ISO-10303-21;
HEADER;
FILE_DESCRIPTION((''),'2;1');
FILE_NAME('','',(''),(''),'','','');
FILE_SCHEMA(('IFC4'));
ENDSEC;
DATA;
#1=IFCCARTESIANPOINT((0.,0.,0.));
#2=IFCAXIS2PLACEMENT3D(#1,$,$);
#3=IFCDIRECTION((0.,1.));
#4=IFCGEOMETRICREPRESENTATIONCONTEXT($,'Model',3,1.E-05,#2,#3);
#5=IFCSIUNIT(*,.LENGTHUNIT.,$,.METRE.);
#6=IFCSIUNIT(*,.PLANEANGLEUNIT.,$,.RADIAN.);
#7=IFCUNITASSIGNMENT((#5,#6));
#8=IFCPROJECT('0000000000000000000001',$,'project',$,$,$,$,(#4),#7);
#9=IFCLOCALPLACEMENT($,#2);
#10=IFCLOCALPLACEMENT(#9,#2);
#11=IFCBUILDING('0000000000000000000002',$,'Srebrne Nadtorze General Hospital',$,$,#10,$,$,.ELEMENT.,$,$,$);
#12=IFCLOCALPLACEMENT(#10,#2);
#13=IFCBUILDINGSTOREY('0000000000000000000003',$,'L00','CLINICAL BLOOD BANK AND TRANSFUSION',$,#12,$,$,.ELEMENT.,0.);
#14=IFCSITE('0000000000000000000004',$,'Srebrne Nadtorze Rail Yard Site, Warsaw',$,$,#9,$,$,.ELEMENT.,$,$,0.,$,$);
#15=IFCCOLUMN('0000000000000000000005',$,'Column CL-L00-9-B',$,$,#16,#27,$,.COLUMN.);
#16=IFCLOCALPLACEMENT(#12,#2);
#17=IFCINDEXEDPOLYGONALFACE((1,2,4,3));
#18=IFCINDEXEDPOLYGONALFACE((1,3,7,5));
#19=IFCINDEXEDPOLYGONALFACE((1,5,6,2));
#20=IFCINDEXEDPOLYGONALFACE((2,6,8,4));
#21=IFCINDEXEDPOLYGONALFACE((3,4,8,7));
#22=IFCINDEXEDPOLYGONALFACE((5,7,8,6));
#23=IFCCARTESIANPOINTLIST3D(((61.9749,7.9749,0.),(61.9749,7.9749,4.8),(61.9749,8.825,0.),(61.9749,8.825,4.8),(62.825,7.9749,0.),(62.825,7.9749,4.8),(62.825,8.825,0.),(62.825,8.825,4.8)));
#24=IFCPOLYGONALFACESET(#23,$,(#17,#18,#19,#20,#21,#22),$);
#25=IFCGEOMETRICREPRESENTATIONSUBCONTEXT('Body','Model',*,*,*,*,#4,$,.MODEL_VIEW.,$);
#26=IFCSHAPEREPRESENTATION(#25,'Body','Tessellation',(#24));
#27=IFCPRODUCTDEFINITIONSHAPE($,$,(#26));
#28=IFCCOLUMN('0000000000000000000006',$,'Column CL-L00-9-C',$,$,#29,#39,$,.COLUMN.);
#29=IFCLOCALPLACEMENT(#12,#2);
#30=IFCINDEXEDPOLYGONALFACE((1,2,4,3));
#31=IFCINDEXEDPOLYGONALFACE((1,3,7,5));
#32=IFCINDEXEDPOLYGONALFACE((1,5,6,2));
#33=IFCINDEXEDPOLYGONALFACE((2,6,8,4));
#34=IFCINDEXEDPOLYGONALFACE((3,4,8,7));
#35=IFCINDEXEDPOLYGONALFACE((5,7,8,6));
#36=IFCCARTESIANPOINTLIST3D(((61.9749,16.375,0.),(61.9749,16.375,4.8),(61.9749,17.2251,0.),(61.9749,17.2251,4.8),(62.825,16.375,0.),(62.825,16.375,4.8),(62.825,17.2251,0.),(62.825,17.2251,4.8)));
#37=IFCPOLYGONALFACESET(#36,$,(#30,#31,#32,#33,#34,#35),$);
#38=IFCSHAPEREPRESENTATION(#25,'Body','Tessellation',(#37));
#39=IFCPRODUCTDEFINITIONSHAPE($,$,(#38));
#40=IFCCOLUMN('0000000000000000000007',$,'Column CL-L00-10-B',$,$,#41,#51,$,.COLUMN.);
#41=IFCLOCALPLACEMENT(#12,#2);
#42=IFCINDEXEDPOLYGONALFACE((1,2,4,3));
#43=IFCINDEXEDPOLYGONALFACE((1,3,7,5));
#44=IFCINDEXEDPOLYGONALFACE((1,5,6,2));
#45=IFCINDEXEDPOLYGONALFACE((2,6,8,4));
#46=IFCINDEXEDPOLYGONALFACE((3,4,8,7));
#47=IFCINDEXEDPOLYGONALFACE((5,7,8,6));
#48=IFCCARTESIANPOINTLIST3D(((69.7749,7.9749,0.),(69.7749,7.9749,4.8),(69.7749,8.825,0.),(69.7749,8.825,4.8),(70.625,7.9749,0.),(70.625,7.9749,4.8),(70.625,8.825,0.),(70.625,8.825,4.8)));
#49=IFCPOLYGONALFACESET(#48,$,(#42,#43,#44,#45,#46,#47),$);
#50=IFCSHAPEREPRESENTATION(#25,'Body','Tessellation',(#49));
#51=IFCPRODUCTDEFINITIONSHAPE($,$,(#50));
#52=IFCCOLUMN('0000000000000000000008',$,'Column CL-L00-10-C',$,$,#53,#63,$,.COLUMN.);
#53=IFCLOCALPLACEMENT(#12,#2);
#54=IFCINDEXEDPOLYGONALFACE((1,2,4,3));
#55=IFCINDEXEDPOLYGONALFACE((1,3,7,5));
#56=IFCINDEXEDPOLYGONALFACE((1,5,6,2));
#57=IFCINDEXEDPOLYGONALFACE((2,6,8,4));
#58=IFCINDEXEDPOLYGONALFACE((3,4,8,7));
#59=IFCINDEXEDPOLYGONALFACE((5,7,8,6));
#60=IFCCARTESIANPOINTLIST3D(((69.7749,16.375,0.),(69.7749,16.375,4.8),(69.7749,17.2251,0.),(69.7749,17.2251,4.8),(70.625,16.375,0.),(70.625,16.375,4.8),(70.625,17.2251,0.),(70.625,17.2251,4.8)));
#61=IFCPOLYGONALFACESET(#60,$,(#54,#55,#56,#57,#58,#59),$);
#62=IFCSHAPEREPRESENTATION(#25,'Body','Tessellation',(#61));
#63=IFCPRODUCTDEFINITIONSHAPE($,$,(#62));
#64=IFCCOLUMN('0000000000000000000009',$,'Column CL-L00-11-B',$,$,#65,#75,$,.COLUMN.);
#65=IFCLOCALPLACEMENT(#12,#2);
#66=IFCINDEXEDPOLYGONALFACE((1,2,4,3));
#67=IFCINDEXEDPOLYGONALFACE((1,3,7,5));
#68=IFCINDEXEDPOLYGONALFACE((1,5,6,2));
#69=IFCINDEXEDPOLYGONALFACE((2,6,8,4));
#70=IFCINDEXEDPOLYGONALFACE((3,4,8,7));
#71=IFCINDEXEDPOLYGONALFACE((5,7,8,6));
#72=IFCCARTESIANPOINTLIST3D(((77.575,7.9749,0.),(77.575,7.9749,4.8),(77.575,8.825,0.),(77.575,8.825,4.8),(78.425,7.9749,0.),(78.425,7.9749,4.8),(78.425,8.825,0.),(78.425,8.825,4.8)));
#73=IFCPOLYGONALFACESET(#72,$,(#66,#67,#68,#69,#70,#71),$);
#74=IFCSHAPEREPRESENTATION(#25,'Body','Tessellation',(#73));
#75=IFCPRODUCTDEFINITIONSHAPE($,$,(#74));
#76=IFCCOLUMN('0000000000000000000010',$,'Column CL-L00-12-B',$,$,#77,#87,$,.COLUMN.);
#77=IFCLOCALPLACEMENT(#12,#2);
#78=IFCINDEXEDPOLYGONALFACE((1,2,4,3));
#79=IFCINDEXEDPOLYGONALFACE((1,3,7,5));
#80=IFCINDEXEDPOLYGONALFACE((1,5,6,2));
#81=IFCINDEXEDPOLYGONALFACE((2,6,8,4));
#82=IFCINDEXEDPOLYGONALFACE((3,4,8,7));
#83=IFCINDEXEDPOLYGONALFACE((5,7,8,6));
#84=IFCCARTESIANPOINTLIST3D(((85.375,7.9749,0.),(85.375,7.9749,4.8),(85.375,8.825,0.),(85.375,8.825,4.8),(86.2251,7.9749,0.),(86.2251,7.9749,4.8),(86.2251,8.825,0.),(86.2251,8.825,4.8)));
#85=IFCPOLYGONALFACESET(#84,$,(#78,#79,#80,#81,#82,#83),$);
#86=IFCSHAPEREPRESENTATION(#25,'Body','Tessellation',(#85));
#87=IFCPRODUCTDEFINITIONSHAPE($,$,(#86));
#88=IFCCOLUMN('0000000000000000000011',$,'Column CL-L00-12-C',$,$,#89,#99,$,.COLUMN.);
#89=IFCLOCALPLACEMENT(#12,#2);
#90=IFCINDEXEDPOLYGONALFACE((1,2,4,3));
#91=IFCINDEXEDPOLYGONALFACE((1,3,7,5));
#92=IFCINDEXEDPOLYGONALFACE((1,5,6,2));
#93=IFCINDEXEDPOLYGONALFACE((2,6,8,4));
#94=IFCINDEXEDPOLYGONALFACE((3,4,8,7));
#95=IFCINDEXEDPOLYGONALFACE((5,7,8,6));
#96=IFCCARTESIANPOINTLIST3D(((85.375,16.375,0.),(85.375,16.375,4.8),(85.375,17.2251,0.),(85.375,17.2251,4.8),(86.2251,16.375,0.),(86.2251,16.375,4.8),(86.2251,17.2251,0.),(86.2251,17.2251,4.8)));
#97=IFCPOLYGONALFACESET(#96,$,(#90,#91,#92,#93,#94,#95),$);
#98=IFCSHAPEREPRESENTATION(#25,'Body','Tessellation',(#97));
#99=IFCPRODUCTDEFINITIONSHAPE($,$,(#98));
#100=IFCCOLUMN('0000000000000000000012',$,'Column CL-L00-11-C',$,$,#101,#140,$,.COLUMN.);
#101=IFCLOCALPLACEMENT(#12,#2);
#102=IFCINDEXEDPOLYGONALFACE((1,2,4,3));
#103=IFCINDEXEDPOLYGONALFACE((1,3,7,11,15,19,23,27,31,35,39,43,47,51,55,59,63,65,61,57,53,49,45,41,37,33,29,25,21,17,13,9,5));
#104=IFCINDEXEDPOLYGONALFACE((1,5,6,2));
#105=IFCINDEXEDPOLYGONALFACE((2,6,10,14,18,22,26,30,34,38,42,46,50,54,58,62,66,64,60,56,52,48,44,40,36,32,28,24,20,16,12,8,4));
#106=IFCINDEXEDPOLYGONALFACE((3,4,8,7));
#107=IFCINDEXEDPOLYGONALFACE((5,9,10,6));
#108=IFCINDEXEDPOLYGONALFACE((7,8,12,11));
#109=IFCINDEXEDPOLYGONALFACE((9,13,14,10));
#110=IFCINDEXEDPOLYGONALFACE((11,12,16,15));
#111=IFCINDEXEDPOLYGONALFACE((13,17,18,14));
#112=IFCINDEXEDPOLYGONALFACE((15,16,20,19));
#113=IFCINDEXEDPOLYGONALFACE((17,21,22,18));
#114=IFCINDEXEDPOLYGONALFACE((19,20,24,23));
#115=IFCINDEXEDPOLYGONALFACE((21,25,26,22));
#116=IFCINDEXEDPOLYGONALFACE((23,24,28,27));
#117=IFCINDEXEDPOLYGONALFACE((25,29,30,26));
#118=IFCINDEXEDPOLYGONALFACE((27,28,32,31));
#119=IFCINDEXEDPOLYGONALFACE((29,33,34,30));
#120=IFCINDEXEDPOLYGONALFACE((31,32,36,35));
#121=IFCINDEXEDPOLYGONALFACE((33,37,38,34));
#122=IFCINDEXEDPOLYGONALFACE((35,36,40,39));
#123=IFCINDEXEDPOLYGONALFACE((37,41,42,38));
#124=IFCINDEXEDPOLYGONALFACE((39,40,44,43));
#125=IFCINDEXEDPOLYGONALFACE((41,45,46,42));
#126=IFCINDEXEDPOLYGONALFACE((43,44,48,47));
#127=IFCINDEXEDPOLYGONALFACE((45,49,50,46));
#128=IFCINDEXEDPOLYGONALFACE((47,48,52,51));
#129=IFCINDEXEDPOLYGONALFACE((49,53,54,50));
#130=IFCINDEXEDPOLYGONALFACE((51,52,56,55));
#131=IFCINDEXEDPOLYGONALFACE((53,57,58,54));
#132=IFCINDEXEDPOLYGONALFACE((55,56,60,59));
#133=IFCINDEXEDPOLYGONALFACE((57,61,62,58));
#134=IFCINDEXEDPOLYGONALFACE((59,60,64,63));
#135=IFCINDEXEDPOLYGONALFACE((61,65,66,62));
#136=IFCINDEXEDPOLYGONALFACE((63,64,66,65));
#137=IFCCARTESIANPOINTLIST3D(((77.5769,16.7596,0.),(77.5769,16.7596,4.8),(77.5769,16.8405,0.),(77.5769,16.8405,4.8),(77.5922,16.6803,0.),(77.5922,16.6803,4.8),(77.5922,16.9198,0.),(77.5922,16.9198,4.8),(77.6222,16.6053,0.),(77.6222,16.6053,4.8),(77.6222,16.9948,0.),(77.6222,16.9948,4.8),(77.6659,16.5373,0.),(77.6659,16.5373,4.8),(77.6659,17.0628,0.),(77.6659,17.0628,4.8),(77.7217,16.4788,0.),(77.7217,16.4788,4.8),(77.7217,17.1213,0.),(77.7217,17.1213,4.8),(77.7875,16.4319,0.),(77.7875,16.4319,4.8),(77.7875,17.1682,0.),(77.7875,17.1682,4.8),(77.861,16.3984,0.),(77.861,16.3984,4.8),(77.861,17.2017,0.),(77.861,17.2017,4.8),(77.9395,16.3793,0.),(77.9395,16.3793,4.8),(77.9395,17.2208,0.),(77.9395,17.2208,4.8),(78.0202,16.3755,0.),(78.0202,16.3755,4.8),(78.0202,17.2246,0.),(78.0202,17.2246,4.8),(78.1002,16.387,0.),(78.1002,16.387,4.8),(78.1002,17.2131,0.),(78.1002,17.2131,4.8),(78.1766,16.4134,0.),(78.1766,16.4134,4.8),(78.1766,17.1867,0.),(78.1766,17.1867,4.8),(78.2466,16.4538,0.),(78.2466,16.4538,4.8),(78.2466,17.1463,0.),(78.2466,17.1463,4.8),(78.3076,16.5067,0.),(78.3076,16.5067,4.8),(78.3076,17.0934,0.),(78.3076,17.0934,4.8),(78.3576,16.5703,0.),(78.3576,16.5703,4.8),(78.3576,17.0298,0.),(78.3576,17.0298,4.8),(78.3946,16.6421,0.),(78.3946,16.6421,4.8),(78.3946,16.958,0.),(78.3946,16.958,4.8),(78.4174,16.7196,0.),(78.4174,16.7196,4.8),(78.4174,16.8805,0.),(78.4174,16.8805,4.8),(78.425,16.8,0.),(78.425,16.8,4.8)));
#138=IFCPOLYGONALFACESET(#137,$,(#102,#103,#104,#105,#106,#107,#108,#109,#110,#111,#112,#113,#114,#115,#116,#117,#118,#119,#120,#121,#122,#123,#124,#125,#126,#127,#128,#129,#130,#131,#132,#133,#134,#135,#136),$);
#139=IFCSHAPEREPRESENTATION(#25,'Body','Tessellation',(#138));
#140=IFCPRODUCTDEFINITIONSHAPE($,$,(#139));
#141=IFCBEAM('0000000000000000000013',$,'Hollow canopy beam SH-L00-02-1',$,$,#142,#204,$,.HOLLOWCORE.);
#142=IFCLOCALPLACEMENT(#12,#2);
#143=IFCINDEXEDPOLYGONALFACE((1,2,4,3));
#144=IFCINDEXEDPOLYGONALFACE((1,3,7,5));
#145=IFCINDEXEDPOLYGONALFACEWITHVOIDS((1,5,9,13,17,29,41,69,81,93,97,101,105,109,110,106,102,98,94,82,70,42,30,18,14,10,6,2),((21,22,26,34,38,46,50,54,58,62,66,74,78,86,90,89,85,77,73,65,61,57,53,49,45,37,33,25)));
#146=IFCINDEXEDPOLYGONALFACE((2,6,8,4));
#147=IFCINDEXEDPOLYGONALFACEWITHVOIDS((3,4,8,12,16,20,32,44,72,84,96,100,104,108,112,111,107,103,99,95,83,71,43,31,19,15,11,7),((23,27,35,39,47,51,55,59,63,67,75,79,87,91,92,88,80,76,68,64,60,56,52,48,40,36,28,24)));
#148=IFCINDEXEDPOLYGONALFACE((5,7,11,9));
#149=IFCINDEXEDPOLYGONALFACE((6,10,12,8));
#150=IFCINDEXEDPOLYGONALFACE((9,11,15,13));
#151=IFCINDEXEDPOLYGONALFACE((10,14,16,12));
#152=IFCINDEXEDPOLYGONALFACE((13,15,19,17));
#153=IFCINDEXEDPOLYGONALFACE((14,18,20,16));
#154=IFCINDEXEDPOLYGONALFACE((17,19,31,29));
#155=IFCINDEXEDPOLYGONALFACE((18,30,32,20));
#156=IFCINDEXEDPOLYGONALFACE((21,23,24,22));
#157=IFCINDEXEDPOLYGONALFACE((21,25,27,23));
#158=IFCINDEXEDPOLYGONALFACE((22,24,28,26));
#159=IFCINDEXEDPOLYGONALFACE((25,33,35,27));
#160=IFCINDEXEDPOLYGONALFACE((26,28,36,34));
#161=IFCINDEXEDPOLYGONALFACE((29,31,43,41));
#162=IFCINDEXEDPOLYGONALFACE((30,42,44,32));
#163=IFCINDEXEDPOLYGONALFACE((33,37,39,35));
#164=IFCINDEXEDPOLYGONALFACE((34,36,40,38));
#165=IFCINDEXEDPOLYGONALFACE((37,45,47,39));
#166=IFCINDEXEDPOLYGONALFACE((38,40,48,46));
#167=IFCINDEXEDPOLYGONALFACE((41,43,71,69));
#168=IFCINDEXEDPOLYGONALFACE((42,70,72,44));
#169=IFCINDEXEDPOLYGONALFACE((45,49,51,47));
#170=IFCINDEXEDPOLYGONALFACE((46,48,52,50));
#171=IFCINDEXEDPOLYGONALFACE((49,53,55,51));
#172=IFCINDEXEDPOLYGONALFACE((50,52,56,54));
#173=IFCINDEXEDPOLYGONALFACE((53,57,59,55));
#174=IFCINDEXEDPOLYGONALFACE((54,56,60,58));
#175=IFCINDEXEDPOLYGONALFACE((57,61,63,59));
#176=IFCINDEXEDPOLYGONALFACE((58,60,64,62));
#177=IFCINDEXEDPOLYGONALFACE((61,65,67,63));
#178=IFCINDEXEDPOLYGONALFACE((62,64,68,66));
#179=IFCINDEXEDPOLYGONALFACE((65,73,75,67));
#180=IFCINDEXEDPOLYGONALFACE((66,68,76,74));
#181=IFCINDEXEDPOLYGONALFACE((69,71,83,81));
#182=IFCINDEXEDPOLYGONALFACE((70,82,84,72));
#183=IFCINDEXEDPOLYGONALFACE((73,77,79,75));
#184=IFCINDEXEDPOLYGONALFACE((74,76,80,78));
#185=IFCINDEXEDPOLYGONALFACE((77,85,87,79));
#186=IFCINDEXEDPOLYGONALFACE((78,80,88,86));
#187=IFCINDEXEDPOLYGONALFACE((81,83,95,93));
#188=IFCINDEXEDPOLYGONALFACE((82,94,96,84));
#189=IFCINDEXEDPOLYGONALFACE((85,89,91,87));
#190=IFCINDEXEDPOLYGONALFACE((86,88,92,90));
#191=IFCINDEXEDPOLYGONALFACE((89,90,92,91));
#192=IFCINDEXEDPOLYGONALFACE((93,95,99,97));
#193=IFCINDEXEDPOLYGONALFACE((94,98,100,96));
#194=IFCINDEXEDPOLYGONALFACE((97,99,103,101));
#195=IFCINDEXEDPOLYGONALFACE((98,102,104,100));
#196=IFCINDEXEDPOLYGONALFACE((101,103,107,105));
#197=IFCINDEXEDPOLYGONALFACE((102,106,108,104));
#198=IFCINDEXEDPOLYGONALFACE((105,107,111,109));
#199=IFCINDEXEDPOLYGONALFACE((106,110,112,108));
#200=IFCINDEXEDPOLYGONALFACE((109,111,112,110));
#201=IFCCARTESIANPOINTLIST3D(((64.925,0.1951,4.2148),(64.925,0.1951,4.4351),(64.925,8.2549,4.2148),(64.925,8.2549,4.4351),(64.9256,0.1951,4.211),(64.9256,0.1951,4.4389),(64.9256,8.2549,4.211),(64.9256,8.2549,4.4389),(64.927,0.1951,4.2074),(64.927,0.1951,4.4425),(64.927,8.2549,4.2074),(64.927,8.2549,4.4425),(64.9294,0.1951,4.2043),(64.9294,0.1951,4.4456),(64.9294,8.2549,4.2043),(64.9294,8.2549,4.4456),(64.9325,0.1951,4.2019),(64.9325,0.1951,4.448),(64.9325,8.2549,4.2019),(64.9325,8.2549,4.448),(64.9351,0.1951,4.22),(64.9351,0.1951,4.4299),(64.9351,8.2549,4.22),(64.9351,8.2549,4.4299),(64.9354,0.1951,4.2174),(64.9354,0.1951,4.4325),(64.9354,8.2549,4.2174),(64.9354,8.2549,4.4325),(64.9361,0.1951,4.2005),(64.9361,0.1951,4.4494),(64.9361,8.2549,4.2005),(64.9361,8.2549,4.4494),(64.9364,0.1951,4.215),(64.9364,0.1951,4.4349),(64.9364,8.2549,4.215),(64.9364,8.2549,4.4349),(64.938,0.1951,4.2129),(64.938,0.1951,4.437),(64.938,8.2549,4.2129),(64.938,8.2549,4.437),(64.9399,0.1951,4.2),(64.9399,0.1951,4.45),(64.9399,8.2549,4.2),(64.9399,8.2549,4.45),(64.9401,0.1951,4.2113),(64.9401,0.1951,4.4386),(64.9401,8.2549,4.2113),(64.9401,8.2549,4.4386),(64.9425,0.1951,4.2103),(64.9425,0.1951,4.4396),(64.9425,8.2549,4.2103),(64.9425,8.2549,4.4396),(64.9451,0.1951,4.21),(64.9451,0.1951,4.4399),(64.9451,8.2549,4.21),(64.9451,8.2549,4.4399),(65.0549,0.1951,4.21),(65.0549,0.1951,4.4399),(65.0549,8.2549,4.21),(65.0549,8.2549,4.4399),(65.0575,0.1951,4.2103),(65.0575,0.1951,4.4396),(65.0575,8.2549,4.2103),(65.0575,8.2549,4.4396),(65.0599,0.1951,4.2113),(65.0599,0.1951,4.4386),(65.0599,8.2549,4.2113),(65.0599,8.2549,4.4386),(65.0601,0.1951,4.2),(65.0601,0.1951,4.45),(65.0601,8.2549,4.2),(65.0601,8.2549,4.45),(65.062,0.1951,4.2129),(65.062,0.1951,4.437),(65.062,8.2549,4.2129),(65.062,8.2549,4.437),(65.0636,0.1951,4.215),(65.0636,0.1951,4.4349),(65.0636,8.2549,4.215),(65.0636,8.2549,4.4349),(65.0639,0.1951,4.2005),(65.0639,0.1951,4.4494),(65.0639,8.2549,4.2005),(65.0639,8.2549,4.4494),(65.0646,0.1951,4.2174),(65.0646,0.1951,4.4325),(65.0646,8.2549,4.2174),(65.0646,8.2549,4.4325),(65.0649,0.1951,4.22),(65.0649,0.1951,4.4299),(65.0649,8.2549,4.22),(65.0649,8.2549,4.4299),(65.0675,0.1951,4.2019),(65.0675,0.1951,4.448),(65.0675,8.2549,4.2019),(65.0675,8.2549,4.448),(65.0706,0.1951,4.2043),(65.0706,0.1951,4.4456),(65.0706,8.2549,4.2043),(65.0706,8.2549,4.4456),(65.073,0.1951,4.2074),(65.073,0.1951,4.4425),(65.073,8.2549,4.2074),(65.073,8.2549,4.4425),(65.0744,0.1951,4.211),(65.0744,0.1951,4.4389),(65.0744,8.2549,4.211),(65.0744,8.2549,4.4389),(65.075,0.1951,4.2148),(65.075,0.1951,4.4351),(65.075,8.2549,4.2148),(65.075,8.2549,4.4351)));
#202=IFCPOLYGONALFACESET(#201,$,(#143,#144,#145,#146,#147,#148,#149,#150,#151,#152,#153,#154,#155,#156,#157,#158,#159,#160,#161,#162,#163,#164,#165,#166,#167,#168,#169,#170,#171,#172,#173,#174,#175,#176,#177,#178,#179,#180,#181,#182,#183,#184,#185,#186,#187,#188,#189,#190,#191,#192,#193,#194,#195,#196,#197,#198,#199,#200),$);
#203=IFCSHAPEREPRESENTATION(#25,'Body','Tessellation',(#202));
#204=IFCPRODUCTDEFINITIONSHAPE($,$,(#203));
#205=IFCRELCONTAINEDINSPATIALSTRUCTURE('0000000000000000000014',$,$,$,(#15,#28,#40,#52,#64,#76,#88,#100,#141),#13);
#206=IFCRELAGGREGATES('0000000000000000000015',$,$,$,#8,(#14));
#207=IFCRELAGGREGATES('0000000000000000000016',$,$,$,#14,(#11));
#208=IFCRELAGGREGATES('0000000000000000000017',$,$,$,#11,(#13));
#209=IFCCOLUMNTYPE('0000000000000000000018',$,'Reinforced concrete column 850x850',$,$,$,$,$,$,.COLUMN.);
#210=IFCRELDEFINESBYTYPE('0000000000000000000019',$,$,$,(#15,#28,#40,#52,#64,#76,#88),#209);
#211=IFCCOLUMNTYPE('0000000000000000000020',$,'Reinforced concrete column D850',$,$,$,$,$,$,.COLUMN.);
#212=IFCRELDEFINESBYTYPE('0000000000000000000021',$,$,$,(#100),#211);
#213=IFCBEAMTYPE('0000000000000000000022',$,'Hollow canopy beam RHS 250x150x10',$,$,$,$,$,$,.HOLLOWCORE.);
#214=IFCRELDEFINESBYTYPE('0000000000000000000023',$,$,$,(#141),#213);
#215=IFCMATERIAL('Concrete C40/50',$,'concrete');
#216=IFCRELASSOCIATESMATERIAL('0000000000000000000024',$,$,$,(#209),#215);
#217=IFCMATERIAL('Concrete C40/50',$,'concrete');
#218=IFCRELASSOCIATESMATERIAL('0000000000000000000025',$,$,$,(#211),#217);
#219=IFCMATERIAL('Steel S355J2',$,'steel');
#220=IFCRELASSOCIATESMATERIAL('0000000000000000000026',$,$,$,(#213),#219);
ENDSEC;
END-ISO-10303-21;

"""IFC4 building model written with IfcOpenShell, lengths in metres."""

from ifc_helpers import new_model, si_unit, direction, frame, origin, origin_2d, place, context, subcontext, project, spatial, rectangle, hollow_rectangle, circle, extrude, material, material_profile, profile_set, type_object, element, save


model = new_model("IFC4")

# Units and contexts
model_context = context("Model", 3, precision=1e-05, world=origin(), true_north=direction((0.0, 1.0)))
body_context = subcontext(model_context, "Body", "Model", "MODEL_VIEW")
ifc_project = project(units=[si_unit("LENGTHUNIT", "METRE"), si_unit("PLANEANGLEUNIT", "RADIAN")], contexts=[model_context])

# Site, building, storey
site_placement = place(None, origin())
site = spatial("IfcSite", under=ifc_project, at=site_placement, Name="Srebrne Nadtorze Rail Yard Site, Warsaw", CompositionType="ELEMENT", RefElevation=0.0)
building_placement = place(site_placement, origin())
building = spatial("IfcBuilding", under=site, at=building_placement, Name="Srebrne Nadtorze General Hospital", CompositionType="ELEMENT")
storey_placement = place(building_placement, origin())
storey = spatial("IfcBuildingStorey", under=building, at=storey_placement, Name="L00", Description="CLINICAL BLOOD BANK AND TRANSFUSION", CompositionType="ELEMENT", Elevation=0.0)

# Columns
ifc_material_1 = material(Name="Concrete C40/50", Category="concrete")
ifc_material_profile_1 = material_profile(ifc_material_1, rectangle(XDim=0.8501, YDim=0.8501, at=origin_2d()), Name="RC-COL-850x850")
ifc_profile_set_1 = profile_set([ifc_material_profile_1], Name="Concrete C40/50")
column_type_1 = type_object("IfcColumnType", Name="Reinforced concrete column 850x850", PredefinedType="COLUMN", material=ifc_profile_set_1)
for number, where, z_axis, x_axis, name in (
    (1, (62.3999, 8.3999, 0.0), (0.0, 0.0, 1.0), (1.0, 0.0, 0.0), "Column CL-L00-9-B"),
    (2, (62.3999, 16.8, 0.0), (0.0, 0.0, 1.0), (1.0, 0.0, 0.0), "Column CL-L00-9-C"),
    (3, (70.2, 8.3999, 0.0), (0.0, 0.0, 1.0), (1.0, 0.0, 0.0), "Column CL-L00-10-B"),
    (4, (70.2, 16.8, 0.0), (0.0, 0.0, 1.0), (1.0, 0.0, 0.0), "Column CL-L00-10-C"),
    (5, (78.0, 8.3999, 0.0), (0.0, 0.0, 1.0), (1.0, 0.0, 0.0), "Column CL-L00-11-B"),
    (6, (85.8, 8.3999, 0.0), (0.0, 0.0, 1.0), (1.0, 0.0, 0.0), "Column CL-L00-12-B"),
    (7, (85.8, 16.8, 0.0), (0.0, 0.0, 1.0), (1.0, 0.0, 0.0), "Column CL-L00-12-C"),
):
    element("IfcColumn", number, at=place(storey_placement, frame(where, z_axis=z_axis, x_axis=x_axis)), inside=storey, type_object=column_type_1, Name=name, PredefinedType="COLUMN", context=body_context, shape_type="SweptSolid", body=[
        extrude(rectangle(XDim=0.8501, YDim=0.8501, at=origin_2d()), origin(), (0.0, 0.0, 1.0), 4.8),
    ])
ifc_material_2 = material(Name="Concrete C40/50", Category="concrete")
ifc_material_profile_2 = material_profile(ifc_material_2, circle(Radius=0.425, at=origin_2d()), Name="RC-COL-D850")
ifc_profile_set_2 = profile_set([ifc_material_profile_2], Name="Concrete C40/50")
column_type_2 = type_object("IfcColumnType", Name="Reinforced concrete column D850", PredefinedType="COLUMN", material=ifc_profile_set_2)
column_placement = place(storey_placement, frame((78.0, 16.8, 0.0), z_axis=(0.0, 0.0, 1.0), x_axis=(1.0, 0.0, 0.0)))
element("IfcColumn", 8, at=column_placement, inside=storey, type_object=column_type_2, Name="Column CL-L00-11-C", PredefinedType="COLUMN", context=body_context, shape_type="SweptSolid", body=[
    extrude(circle(Radius=0.425, at=origin_2d()), origin(), (0.0, 0.0, 1.0), 4.8),
])

# Beam
ifc_material_3 = material(Name="Steel S355J2", Category="steel")
ifc_material_profile_3 = material_profile(ifc_material_3, hollow_rectangle(XDim=0.1499, YDim=0.25, WallThickness=0.01, InnerFilletRadius=0.01, OuterFilletRadius=0.0149, at=origin_2d()), Name="RHS-250x150x10")
ifc_profile_set_3 = profile_set([ifc_material_profile_3], Name="Steel S355J2")
beam_type_1 = type_object("IfcBeamType", Name="Hollow canopy beam RHS 250x150x10", PredefinedType="HOLLOWCORE", material=ifc_profile_set_3)
for number, where, z_axis, x_axis, name in (
    (9, (65.0, 0.1951, 4.325), (0.0, 1.0, 0.0), (-1.0, 0.0, 0.0), "Hollow canopy beam SH-L00-02-1"),
):
    element("IfcBeam", number, at=place(storey_placement, frame(where, z_axis=z_axis, x_axis=x_axis)), inside=storey, type_object=beam_type_1, Name=name, PredefinedType="HOLLOWCORE", context=body_context, shape_type="SweptSolid", body=[
        extrude(hollow_rectangle(XDim=0.1499, YDim=0.25, WallThickness=0.01, InnerFilletRadius=0.01, OuterFilletRadius=0.0149, at=origin_2d()), origin(), (0.0, 0.0, 1.0), 8.0598),
    ])

save(model, "model.ifc")
